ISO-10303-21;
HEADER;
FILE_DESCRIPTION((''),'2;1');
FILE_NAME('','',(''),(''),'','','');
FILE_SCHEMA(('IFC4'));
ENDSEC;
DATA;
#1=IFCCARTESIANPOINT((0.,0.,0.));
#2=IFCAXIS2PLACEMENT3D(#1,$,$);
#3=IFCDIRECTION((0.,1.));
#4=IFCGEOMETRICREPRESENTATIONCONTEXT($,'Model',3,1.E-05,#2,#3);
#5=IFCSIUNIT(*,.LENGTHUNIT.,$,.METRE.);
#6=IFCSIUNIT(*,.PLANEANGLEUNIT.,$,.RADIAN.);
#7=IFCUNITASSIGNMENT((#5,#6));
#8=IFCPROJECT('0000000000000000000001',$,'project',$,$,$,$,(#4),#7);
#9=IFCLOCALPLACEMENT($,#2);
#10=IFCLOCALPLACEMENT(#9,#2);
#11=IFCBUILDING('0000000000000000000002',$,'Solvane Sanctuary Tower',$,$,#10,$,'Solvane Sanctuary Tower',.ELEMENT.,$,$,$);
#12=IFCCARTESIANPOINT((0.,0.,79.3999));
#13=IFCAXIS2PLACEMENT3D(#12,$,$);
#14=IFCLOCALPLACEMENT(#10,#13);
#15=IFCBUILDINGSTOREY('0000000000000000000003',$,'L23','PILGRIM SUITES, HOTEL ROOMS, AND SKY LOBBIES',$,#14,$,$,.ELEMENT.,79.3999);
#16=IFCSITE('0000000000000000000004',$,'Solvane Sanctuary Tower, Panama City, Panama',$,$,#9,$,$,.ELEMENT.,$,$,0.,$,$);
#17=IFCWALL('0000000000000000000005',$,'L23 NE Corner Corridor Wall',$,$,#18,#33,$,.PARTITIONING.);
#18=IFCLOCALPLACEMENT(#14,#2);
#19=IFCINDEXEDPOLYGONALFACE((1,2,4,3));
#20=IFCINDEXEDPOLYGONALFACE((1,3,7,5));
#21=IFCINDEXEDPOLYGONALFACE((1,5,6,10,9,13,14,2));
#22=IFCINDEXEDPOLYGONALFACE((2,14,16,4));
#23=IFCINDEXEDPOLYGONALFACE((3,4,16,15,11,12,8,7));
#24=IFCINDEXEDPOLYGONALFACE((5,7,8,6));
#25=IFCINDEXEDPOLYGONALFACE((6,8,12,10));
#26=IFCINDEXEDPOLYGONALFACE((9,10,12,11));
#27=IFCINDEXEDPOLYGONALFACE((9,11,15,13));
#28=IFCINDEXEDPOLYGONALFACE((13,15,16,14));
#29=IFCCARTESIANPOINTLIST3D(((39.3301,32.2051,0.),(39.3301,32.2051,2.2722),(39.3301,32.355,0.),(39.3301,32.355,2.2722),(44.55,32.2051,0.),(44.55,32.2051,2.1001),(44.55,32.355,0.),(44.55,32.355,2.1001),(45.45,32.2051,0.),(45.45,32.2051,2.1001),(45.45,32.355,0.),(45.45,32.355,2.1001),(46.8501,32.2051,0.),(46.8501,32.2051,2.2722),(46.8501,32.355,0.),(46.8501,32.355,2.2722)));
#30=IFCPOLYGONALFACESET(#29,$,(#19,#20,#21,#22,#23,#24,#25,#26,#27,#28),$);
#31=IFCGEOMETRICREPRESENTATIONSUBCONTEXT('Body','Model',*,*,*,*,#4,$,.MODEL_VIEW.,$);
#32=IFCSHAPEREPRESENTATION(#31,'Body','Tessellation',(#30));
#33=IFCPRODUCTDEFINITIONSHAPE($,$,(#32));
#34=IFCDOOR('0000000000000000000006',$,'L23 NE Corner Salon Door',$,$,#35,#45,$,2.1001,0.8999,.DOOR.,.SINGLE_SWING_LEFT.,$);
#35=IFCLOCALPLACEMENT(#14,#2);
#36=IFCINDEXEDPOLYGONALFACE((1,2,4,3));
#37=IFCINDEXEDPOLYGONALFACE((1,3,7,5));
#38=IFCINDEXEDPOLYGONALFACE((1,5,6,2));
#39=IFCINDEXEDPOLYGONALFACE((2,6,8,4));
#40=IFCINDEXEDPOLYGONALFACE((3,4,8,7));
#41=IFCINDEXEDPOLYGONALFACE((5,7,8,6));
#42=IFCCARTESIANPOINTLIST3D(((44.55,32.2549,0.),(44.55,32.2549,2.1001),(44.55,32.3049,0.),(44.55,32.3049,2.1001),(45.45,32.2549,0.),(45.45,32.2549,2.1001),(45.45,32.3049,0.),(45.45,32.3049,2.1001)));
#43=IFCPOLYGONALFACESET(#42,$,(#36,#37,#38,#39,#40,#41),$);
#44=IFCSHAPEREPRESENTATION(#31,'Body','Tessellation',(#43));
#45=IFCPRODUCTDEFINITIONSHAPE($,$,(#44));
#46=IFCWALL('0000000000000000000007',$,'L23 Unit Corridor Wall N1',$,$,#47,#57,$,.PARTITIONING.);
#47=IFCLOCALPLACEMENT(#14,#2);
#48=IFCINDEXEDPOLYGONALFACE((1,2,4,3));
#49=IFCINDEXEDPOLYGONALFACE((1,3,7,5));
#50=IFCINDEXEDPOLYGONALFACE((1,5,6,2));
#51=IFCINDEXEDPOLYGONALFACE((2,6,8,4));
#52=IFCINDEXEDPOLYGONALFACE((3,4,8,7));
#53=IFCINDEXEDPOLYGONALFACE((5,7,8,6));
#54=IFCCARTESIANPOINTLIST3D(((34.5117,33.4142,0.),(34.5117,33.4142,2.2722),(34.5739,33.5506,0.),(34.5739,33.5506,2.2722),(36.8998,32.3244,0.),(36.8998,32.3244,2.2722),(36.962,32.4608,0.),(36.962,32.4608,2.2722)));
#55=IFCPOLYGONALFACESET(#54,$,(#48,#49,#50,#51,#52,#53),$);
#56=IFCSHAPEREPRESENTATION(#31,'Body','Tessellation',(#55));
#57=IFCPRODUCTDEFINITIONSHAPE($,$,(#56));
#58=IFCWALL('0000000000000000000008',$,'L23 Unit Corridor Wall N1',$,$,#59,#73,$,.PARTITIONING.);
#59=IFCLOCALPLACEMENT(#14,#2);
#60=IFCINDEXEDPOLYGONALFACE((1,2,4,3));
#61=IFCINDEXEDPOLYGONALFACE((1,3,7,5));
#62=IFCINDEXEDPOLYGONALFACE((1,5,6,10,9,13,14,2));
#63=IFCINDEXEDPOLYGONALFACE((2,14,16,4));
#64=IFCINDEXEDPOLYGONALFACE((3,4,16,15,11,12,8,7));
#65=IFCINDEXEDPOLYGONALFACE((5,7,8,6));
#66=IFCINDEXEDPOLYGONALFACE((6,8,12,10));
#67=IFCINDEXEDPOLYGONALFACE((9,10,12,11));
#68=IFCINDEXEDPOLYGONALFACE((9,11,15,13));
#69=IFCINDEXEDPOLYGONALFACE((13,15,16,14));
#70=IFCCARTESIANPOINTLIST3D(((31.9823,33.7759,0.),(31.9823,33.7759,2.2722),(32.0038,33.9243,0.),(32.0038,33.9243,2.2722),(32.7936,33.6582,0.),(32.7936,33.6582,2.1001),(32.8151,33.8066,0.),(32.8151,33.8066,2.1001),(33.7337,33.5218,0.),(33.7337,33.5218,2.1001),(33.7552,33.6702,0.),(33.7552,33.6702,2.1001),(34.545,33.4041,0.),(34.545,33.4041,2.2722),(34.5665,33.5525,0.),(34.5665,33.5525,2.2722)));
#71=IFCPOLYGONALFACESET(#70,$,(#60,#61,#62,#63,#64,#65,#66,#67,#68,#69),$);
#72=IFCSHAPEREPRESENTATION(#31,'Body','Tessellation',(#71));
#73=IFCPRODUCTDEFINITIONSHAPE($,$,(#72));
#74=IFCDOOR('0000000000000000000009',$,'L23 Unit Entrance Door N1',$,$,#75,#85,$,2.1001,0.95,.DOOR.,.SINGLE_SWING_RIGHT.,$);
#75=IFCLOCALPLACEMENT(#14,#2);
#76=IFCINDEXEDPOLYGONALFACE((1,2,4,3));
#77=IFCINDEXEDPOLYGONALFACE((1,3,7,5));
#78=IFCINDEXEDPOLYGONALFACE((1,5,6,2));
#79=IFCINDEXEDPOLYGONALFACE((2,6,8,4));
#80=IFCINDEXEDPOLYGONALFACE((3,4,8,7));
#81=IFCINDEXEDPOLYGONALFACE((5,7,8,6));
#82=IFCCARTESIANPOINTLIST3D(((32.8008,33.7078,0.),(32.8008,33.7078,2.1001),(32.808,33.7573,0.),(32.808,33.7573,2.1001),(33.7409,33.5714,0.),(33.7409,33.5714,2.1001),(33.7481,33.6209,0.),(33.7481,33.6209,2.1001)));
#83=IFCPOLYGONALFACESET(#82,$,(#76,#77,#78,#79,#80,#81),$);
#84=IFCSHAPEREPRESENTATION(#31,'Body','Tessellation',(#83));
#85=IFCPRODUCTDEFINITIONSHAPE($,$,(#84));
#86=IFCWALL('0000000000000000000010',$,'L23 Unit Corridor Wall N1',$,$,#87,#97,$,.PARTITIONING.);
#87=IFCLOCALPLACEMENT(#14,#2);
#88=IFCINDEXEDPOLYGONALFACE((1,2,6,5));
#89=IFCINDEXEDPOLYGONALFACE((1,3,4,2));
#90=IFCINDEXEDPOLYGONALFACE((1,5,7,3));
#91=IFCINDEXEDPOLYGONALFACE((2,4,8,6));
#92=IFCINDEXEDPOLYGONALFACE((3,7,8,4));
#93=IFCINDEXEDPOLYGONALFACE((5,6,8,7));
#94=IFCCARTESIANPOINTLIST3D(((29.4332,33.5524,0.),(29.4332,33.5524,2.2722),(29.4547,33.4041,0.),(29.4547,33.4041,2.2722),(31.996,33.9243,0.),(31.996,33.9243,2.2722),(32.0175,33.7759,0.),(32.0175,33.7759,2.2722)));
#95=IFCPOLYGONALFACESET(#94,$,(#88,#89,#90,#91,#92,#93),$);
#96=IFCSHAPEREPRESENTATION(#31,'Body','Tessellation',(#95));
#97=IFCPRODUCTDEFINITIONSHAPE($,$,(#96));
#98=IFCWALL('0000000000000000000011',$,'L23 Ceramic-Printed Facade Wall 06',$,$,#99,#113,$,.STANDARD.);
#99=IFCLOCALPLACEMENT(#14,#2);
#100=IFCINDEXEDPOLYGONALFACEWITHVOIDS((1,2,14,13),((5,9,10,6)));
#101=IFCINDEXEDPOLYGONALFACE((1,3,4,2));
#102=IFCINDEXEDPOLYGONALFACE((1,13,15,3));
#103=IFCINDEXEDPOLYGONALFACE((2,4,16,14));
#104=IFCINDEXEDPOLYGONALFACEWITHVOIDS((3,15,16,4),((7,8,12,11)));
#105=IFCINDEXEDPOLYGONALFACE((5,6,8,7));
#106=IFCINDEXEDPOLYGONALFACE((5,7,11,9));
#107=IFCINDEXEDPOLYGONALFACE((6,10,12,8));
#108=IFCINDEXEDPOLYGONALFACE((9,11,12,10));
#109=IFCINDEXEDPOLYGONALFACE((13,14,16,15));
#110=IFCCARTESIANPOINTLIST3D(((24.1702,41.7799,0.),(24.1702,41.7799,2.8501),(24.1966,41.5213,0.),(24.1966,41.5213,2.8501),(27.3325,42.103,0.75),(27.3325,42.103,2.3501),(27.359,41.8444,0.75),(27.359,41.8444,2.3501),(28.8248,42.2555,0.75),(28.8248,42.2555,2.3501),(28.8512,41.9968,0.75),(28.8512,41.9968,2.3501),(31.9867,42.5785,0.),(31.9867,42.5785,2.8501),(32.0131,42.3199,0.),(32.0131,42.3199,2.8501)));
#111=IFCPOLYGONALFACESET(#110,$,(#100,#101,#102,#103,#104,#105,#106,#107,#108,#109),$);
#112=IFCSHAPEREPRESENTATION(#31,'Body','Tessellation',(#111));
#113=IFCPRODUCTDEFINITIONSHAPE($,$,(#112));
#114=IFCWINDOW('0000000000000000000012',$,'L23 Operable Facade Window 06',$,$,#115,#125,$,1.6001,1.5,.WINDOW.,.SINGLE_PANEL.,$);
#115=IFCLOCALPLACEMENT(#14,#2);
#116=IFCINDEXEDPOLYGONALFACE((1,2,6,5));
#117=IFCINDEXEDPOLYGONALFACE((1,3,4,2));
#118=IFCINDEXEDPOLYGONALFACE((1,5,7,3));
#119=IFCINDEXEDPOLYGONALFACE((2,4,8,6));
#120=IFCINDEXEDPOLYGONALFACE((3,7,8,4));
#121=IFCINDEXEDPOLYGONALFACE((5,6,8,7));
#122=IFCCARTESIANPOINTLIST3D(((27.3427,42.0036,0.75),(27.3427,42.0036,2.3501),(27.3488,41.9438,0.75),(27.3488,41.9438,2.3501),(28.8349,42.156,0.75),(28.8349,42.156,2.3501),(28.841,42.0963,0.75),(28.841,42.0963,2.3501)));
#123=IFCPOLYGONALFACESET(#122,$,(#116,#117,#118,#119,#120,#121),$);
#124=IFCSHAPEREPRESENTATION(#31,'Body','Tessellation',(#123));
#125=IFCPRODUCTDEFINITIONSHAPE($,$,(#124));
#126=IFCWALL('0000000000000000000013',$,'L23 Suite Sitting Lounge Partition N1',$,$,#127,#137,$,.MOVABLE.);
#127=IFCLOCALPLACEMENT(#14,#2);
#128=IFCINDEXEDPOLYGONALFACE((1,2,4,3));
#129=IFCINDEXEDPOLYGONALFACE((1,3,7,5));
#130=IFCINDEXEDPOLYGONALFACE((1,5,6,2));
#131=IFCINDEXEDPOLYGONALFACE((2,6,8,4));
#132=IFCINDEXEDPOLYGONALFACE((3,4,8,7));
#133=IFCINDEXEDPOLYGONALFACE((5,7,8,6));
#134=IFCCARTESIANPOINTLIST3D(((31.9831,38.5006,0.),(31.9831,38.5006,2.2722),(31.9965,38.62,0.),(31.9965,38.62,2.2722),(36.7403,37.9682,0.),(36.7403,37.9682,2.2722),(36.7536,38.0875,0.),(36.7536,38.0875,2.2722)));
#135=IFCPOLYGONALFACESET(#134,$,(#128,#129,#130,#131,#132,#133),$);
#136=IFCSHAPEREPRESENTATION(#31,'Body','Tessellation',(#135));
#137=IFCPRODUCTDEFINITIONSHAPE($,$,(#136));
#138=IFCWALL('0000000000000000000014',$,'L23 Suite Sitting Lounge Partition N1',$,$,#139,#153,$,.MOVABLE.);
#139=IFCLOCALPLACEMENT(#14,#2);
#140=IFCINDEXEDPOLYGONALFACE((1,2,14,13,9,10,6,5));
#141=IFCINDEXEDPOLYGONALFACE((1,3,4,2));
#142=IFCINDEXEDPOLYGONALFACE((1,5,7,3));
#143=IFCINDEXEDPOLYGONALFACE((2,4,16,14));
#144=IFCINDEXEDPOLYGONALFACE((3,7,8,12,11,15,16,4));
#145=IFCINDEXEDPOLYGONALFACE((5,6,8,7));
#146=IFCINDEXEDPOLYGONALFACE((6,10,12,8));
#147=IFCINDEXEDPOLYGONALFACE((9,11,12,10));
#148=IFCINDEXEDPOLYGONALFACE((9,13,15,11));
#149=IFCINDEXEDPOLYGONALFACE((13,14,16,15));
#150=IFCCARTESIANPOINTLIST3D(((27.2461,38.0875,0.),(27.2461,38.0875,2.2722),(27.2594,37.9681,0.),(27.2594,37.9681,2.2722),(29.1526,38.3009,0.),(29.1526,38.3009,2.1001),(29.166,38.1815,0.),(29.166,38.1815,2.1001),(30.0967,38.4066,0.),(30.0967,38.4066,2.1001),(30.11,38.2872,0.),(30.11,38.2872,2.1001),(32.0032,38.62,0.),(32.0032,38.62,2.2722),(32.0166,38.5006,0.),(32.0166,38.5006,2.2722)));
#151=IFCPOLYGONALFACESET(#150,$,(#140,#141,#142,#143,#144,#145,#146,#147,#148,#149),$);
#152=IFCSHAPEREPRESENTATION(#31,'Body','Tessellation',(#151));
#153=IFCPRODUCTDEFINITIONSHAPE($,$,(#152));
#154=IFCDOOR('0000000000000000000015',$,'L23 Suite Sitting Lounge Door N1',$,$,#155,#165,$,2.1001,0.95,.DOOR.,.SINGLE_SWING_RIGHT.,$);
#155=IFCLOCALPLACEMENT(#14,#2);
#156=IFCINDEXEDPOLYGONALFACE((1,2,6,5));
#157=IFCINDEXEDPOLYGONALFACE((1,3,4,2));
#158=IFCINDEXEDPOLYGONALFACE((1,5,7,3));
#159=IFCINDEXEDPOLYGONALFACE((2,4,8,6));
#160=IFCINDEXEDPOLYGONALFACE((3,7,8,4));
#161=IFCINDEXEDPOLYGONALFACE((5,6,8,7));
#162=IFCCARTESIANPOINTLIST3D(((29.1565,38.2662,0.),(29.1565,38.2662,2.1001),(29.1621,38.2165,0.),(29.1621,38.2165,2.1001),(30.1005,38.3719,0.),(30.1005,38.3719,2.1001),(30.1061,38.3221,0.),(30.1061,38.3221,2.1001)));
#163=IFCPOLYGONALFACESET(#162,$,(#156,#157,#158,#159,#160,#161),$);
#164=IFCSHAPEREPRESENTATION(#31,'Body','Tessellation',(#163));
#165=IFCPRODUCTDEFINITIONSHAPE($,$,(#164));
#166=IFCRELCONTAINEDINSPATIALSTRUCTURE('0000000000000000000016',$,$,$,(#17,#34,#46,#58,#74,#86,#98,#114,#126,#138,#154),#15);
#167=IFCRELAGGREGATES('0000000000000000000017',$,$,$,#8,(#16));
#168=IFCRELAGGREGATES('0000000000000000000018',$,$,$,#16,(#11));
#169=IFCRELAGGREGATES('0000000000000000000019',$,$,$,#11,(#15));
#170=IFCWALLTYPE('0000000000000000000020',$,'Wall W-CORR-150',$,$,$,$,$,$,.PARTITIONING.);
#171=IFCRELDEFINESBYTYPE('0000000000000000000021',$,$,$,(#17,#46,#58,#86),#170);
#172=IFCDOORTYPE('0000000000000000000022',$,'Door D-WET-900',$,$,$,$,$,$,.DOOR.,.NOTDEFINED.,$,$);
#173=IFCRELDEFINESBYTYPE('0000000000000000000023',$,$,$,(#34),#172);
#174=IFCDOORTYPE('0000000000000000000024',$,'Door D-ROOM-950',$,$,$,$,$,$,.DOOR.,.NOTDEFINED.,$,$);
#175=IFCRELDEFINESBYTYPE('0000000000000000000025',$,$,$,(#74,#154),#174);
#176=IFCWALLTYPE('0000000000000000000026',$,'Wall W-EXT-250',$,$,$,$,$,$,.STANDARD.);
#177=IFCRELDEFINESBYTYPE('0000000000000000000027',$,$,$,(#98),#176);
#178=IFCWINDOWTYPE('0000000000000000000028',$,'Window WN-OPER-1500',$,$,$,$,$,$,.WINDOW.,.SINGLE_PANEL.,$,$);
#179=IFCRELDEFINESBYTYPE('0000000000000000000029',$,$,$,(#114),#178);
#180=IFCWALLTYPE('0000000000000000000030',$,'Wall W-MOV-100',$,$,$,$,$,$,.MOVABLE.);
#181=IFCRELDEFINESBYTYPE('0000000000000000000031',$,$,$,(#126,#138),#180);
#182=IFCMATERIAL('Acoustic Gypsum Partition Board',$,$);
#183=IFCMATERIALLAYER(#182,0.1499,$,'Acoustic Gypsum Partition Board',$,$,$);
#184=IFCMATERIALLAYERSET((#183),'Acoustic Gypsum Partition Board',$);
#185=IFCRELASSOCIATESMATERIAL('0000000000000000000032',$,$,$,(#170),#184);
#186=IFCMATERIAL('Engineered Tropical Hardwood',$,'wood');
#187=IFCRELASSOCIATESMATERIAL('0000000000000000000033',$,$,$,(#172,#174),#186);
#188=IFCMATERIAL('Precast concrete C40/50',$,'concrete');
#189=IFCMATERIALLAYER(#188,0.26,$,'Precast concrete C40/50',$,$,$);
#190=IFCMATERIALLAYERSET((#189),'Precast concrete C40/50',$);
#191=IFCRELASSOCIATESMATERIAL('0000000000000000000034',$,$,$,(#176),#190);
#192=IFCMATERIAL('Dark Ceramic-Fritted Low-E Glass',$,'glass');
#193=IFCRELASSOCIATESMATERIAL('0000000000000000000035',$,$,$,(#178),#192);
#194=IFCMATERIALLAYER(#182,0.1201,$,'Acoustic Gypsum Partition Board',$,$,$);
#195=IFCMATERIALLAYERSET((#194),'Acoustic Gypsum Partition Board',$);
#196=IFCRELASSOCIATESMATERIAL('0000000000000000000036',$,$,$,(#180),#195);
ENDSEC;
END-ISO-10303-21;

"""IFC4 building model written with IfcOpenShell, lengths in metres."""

from ifc_helpers import new_model, si_unit, direction, frame, frame_2d, origin, place, context, subcontext, project, spatial, rectangle, extrude, material, layer, layer_set, type_object, element, fill, save


model = new_model("IFC4")

# Units and contexts
model_context = context("Model", 3, precision=1e-05, world=origin(), true_north=direction((0.0, 1.0)))
body_context = subcontext(model_context, "Body", "Model", "MODEL_VIEW")
ifc_project = project(units=[si_unit("LENGTHUNIT", "METRE"), si_unit("PLANEANGLEUNIT", "RADIAN")], contexts=[model_context])

# Site, building, storey
site_placement = place(None, origin())
site = spatial("IfcSite", under=ifc_project, at=site_placement, Name="Solvane Sanctuary Tower, Panama City, Panama", CompositionType="ELEMENT", RefElevation=0.0)
building_placement = place(site_placement, origin())
building = spatial("IfcBuilding", under=site, at=building_placement, Name="Solvane Sanctuary Tower", LongName="Solvane Sanctuary Tower", CompositionType="ELEMENT")
storey_placement = place(building_placement, frame((0.0, 0.0, 79.3999)))
storey = spatial("IfcBuildingStorey", under=building, at=storey_placement, Name="L23", Description="PILGRIM SUITES, HOTEL ROOMS, AND SKY LOBBIES", CompositionType="ELEMENT", Elevation=79.3999)

# Shared definitions
ifc_material_1 = material(Name="Acoustic Gypsum Partition Board")
ifc_layer_1 = layer(ifc_material_1, 0.1499, Name="Acoustic Gypsum Partition Board")
ifc_layer_set_1 = layer_set([ifc_layer_1], Name="Acoustic Gypsum Partition Board")
wall_type_1 = type_object("IfcWallType", Name="Wall W-CORR-150", PredefinedType="PARTITIONING", material=ifc_layer_set_1)

# Wall, opening, door
wall_1_placement = place(storey_placement, frame((39.3301, 32.28, 0.0), z_axis=(0.0, 0.0, 1.0), x_axis=(1.0, 0.0, 0.0)))
wall_1 = element("IfcWall", 1, at=wall_1_placement, inside=storey, type_object=wall_type_1, Name="L23 NE Corner Corridor Wall", PredefinedType="PARTITIONING", context=body_context, shape_type="SweptSolid", body=[
    extrude(rectangle(XDim=7.52, YDim=0.1499, at=frame_2d((3.76, 0.0))), origin(), (0.0, 0.0, 1.0), 2.2722),
])
opening_1_placement = place(wall_1_placement, frame((5.22, 0.0, 0.0)))
opening_1 = element("IfcOpeningElement", 2, at=opening_1_placement, cuts=wall_1, PredefinedType="OPENING", context=body_context, shape_type="SweptSolid", body=[
    extrude(rectangle(XDim=0.8999, YDim=2.1001, at=frame_2d((0.45, 1.05))), frame((0.0, 0.085, 0.0), z_axis=(0.0, -1.0, 0.0), x_axis=(1.0, 0.0, 0.0)), (0.0, 0.0, 1.0), 0.1699),
])
ifc_material_2 = material(Name="Engineered Tropical Hardwood", Category="wood")
door_type_1 = type_object("IfcDoorType", Name="Door D-WET-900", OperationType="NOTDEFINED", PredefinedType="DOOR", material=ifc_material_2)
door_1_placement = place(opening_1_placement, origin())
door_1 = element("IfcDoor", 3, at=door_1_placement, inside=storey, type_object=door_type_1, Name="L23 NE Corner Salon Door", OperationType="SINGLE_SWING_LEFT", OverallHeight=2.1001, OverallWidth=0.8999, PredefinedType="DOOR", context=body_context, shape_type="SweptSolid", body=[
    extrude(rectangle(XDim=0.8999, YDim=2.1001, at=frame_2d((0.45, 1.05))), frame((0.0, 0.0249, 0.0), z_axis=(0.0, -1.0, 0.0), x_axis=(1.0, 0.0, 0.0)), (0.0, 0.0, 1.0), 0.05),
])
fill(opening_1, door_1)

# Wall
wall_2_placement = place(storey_placement, frame((36.9309, 32.3926, 0.0), z_axis=(0.0, 0.0, 1.0), x_axis=(-0.909748, 0.415162, 0.0)))
element("IfcWall", 4, at=wall_2_placement, inside=storey, type_object=wall_type_1, Name="L23 Unit Corridor Wall N1", PredefinedType="PARTITIONING", context=body_context, shape_type="SweptSolid", body=[
    extrude(rectangle(XDim=2.625, YDim=0.1499, at=frame_2d((1.3125, 0.0))), origin(), (0.0, 0.0, 1.0), 2.2722),
])

# Wall, opening, door
wall_3_placement = place(storey_placement, frame((34.5559, 33.4783, 0.0), z_axis=(0.0, 0.0, 1.0), x_axis=(-0.989638, 0.143586, 0.0)))
wall_3 = element("IfcWall", 5, at=wall_3_placement, inside=storey, type_object=wall_type_1, Name="L23 Unit Corridor Wall N1", PredefinedType="PARTITIONING", context=body_context, shape_type="SweptSolid", body=[
    extrude(rectangle(XDim=2.5896, YDim=0.1499, at=frame_2d((1.2949, 0.0))), origin(), (0.0, 0.0, 1.0), 2.2722),
])
opening_2_placement = place(wall_3_placement, frame((0.8198, 0.0, 0.0)))
opening_2 = element("IfcOpeningElement", 6, at=opening_2_placement, cuts=wall_3, PredefinedType="OPENING", context=body_context, shape_type="SweptSolid", body=[
    extrude(rectangle(XDim=0.95, YDim=2.1001, at=frame_2d((0.4751, 1.05))), frame((0.0, 0.085, 0.0), z_axis=(0.0, -1.0, 0.0), x_axis=(1.0, 0.0, 0.0)), (0.0, 0.0, 1.0), 0.1699),
])
door_type_2 = type_object("IfcDoorType", Name="Door D-ROOM-950", OperationType="NOTDEFINED", PredefinedType="DOOR", material=ifc_material_2)
door_2_placement = place(opening_2_placement, origin())
door_2 = element("IfcDoor", 7, at=door_2_placement, inside=storey, type_object=door_type_2, Name="L23 Unit Entrance Door N1", OperationType="SINGLE_SWING_RIGHT", OverallHeight=2.1001, OverallWidth=0.95, PredefinedType="DOOR", context=body_context, shape_type="SweptSolid", body=[
    extrude(rectangle(XDim=0.95, YDim=2.1001, at=frame_2d((0.4751, 1.05))), frame((0.0, 0.0249, 0.0), z_axis=(0.0, -1.0, 0.0), x_axis=(1.0, 0.0, 0.0)), (0.0, 0.0, 1.0), 0.05),
])
fill(opening_2, door_2)

# Wall
wall_4_placement = place(storey_placement, frame((32.0068, 33.8501, 0.0), z_axis=(0.0, 0.0, 1.0), x_axis=(-0.989638, -0.143586, 0.0)))
element("IfcWall", 8, at=wall_4_placement, inside=storey, type_object=wall_type_1, Name="L23 Unit Corridor Wall N1", PredefinedType="PARTITIONING", context=body_context, shape_type="SweptSolid", body=[
    extrude(rectangle(XDim=2.5896, YDim=0.1499, at=frame_2d((1.2949, 0.0))), origin(), (0.0, 0.0, 1.0), 2.2722),
])

# Wall, opening, window
ifc_material_3 = material(Name="Precast concrete C40/50", Category="concrete")
ifc_layer_2 = layer(ifc_material_3, 0.26, Name="Precast concrete C40/50")
ifc_layer_set_2 = layer_set([ifc_layer_2], Name="Precast concrete C40/50")
wall_type_2 = type_object("IfcWallType", Name="Wall W-EXT-250", PredefinedType="STANDARD", material=ifc_layer_set_2)
wall_5_placement = place(storey_placement, frame((32.0, 42.4492, 0.0), z_axis=(0.0, 0.0, 1.0), x_axis=(-0.994821, -0.101639, 0.0)))
wall_5 = element("IfcWall", 9, at=wall_5_placement, inside=storey, type_object=wall_type_2, Name="L23 Ceramic-Printed Facade Wall 06", PredefinedType="STANDARD", context=body_context, shape_type="SweptSolid", body=[
    extrude(rectangle(XDim=7.8572, YDim=0.26, at=frame_2d((3.9287, 0.0))), origin(), (0.0, 0.0, 1.0), 2.8501),
])
opening_3_placement = place(wall_5_placement, frame((3.1785, 0.0, 0.75)))
opening_3 = element("IfcOpeningElement", 10, at=opening_3_placement, cuts=wall_5, PredefinedType="OPENING", context=body_context, shape_type="SweptSolid", body=[
    extrude(rectangle(XDim=1.5, YDim=1.6001, at=frame_2d((0.75, 0.8))), frame((0.0, 0.1399, 0.0), z_axis=(0.0, -1.0, 0.0), x_axis=(1.0, 0.0, 0.0)), (0.0, 0.0, 1.0), 0.28),
])
ifc_material_4 = material(Name="Dark Ceramic-Fritted Low-E Glass", Category="glass")
window_type = type_object("IfcWindowType", Name="Window WN-OPER-1500", PartitioningType="SINGLE_PANEL", PredefinedType="WINDOW", material=ifc_material_4)
window_placement = place(opening_3_placement, origin())
window = element("IfcWindow", 11, at=window_placement, inside=storey, type_object=window_type, Name="L23 Operable Facade Window 06", OverallHeight=1.6001, OverallWidth=1.5, PartitioningType="SINGLE_PANEL", PredefinedType="WINDOW", context=body_context, shape_type="SweptSolid", body=[
    extrude(rectangle(XDim=1.5, YDim=1.6001, at=frame_2d((0.75, 0.8))), frame((0.0, 0.03, 0.0), z_axis=(0.0, -1.0, 0.0), x_axis=(1.0, 0.0, 0.0)), (0.0, 0.0, 1.0), 0.0601),
])
fill(opening_3, window)

# Wall
ifc_layer_3 = layer(ifc_material_1, 0.1201, Name="Acoustic Gypsum Partition Board")
ifc_layer_set_3 = layer_set([ifc_layer_3], Name="Acoustic Gypsum Partition Board")
wall_type_3 = type_object("IfcWallType", Name="Wall W-MOV-100", PredefinedType="MOVABLE", material=ifc_layer_set_3)
wall_6_placement = place(storey_placement, frame((36.7471, 38.0278, 0.0), z_axis=(0.0, 0.0, 1.0), x_axis=(-0.993794, 0.111238, 0.0)))
element("IfcWall", 12, at=wall_6_placement, inside=storey, type_object=wall_type_3, Name="L23 Suite Sitting Lounge Partition N1", PredefinedType="MOVABLE", context=body_context, shape_type="SweptSolid", body=[
    extrude(rectangle(XDim=4.7869, YDim=0.1201, at=frame_2d((2.3936, 0.0))), origin(), (0.0, 0.0, 1.0), 2.2722),
])

# Wall, opening, door
wall_7_placement = place(storey_placement, frame((32.01, 38.5603, 0.0), z_axis=(0.0, 0.0, 1.0), x_axis=(-0.993794, -0.111238, 0.0)))
wall_7 = element("IfcWall", 13, at=wall_7_placement, inside=storey, type_object=wall_type_3, Name="L23 Suite Sitting Lounge Partition N1", PredefinedType="MOVABLE", context=body_context, shape_type="SweptSolid", body=[
    extrude(rectangle(XDim=4.7869, YDim=0.1201, at=frame_2d((2.3936, 0.0))), origin(), (0.0, 0.0, 1.0), 2.2722),
])
opening_4_placement = place(wall_7_placement, frame((1.9185, 0.0, 0.0)))
opening_4 = element("IfcOpeningElement", 14, at=opening_4_placement, cuts=wall_7, PredefinedType="OPENING", context=body_context, shape_type="SweptSolid", body=[
    extrude(rectangle(XDim=0.95, YDim=2.1001, at=frame_2d((0.4751, 1.05))), frame((0.0, 0.0701, 0.0), z_axis=(0.0, -1.0, 0.0), x_axis=(1.0, 0.0, 0.0)), (0.0, 0.0, 1.0), 0.1401),
])
door_3_placement = place(opening_4_placement, origin())
door_3 = element("IfcDoor", 15, at=door_3_placement, inside=storey, type_object=door_type_2, Name="L23 Suite Sitting Lounge Door N1", OperationType="SINGLE_SWING_RIGHT", OverallHeight=2.1001, OverallWidth=0.95, PredefinedType="DOOR", context=body_context, shape_type="SweptSolid", body=[
    extrude(rectangle(XDim=0.95, YDim=2.1001, at=frame_2d((0.4751, 1.05))), frame((0.0, 0.0249, 0.0), z_axis=(0.0, -1.0, 0.0), x_axis=(1.0, 0.0, 0.0)), (0.0, 0.0, 1.0), 0.05),
])
fill(opening_4, door_3)

save(model, "model.ifc")
